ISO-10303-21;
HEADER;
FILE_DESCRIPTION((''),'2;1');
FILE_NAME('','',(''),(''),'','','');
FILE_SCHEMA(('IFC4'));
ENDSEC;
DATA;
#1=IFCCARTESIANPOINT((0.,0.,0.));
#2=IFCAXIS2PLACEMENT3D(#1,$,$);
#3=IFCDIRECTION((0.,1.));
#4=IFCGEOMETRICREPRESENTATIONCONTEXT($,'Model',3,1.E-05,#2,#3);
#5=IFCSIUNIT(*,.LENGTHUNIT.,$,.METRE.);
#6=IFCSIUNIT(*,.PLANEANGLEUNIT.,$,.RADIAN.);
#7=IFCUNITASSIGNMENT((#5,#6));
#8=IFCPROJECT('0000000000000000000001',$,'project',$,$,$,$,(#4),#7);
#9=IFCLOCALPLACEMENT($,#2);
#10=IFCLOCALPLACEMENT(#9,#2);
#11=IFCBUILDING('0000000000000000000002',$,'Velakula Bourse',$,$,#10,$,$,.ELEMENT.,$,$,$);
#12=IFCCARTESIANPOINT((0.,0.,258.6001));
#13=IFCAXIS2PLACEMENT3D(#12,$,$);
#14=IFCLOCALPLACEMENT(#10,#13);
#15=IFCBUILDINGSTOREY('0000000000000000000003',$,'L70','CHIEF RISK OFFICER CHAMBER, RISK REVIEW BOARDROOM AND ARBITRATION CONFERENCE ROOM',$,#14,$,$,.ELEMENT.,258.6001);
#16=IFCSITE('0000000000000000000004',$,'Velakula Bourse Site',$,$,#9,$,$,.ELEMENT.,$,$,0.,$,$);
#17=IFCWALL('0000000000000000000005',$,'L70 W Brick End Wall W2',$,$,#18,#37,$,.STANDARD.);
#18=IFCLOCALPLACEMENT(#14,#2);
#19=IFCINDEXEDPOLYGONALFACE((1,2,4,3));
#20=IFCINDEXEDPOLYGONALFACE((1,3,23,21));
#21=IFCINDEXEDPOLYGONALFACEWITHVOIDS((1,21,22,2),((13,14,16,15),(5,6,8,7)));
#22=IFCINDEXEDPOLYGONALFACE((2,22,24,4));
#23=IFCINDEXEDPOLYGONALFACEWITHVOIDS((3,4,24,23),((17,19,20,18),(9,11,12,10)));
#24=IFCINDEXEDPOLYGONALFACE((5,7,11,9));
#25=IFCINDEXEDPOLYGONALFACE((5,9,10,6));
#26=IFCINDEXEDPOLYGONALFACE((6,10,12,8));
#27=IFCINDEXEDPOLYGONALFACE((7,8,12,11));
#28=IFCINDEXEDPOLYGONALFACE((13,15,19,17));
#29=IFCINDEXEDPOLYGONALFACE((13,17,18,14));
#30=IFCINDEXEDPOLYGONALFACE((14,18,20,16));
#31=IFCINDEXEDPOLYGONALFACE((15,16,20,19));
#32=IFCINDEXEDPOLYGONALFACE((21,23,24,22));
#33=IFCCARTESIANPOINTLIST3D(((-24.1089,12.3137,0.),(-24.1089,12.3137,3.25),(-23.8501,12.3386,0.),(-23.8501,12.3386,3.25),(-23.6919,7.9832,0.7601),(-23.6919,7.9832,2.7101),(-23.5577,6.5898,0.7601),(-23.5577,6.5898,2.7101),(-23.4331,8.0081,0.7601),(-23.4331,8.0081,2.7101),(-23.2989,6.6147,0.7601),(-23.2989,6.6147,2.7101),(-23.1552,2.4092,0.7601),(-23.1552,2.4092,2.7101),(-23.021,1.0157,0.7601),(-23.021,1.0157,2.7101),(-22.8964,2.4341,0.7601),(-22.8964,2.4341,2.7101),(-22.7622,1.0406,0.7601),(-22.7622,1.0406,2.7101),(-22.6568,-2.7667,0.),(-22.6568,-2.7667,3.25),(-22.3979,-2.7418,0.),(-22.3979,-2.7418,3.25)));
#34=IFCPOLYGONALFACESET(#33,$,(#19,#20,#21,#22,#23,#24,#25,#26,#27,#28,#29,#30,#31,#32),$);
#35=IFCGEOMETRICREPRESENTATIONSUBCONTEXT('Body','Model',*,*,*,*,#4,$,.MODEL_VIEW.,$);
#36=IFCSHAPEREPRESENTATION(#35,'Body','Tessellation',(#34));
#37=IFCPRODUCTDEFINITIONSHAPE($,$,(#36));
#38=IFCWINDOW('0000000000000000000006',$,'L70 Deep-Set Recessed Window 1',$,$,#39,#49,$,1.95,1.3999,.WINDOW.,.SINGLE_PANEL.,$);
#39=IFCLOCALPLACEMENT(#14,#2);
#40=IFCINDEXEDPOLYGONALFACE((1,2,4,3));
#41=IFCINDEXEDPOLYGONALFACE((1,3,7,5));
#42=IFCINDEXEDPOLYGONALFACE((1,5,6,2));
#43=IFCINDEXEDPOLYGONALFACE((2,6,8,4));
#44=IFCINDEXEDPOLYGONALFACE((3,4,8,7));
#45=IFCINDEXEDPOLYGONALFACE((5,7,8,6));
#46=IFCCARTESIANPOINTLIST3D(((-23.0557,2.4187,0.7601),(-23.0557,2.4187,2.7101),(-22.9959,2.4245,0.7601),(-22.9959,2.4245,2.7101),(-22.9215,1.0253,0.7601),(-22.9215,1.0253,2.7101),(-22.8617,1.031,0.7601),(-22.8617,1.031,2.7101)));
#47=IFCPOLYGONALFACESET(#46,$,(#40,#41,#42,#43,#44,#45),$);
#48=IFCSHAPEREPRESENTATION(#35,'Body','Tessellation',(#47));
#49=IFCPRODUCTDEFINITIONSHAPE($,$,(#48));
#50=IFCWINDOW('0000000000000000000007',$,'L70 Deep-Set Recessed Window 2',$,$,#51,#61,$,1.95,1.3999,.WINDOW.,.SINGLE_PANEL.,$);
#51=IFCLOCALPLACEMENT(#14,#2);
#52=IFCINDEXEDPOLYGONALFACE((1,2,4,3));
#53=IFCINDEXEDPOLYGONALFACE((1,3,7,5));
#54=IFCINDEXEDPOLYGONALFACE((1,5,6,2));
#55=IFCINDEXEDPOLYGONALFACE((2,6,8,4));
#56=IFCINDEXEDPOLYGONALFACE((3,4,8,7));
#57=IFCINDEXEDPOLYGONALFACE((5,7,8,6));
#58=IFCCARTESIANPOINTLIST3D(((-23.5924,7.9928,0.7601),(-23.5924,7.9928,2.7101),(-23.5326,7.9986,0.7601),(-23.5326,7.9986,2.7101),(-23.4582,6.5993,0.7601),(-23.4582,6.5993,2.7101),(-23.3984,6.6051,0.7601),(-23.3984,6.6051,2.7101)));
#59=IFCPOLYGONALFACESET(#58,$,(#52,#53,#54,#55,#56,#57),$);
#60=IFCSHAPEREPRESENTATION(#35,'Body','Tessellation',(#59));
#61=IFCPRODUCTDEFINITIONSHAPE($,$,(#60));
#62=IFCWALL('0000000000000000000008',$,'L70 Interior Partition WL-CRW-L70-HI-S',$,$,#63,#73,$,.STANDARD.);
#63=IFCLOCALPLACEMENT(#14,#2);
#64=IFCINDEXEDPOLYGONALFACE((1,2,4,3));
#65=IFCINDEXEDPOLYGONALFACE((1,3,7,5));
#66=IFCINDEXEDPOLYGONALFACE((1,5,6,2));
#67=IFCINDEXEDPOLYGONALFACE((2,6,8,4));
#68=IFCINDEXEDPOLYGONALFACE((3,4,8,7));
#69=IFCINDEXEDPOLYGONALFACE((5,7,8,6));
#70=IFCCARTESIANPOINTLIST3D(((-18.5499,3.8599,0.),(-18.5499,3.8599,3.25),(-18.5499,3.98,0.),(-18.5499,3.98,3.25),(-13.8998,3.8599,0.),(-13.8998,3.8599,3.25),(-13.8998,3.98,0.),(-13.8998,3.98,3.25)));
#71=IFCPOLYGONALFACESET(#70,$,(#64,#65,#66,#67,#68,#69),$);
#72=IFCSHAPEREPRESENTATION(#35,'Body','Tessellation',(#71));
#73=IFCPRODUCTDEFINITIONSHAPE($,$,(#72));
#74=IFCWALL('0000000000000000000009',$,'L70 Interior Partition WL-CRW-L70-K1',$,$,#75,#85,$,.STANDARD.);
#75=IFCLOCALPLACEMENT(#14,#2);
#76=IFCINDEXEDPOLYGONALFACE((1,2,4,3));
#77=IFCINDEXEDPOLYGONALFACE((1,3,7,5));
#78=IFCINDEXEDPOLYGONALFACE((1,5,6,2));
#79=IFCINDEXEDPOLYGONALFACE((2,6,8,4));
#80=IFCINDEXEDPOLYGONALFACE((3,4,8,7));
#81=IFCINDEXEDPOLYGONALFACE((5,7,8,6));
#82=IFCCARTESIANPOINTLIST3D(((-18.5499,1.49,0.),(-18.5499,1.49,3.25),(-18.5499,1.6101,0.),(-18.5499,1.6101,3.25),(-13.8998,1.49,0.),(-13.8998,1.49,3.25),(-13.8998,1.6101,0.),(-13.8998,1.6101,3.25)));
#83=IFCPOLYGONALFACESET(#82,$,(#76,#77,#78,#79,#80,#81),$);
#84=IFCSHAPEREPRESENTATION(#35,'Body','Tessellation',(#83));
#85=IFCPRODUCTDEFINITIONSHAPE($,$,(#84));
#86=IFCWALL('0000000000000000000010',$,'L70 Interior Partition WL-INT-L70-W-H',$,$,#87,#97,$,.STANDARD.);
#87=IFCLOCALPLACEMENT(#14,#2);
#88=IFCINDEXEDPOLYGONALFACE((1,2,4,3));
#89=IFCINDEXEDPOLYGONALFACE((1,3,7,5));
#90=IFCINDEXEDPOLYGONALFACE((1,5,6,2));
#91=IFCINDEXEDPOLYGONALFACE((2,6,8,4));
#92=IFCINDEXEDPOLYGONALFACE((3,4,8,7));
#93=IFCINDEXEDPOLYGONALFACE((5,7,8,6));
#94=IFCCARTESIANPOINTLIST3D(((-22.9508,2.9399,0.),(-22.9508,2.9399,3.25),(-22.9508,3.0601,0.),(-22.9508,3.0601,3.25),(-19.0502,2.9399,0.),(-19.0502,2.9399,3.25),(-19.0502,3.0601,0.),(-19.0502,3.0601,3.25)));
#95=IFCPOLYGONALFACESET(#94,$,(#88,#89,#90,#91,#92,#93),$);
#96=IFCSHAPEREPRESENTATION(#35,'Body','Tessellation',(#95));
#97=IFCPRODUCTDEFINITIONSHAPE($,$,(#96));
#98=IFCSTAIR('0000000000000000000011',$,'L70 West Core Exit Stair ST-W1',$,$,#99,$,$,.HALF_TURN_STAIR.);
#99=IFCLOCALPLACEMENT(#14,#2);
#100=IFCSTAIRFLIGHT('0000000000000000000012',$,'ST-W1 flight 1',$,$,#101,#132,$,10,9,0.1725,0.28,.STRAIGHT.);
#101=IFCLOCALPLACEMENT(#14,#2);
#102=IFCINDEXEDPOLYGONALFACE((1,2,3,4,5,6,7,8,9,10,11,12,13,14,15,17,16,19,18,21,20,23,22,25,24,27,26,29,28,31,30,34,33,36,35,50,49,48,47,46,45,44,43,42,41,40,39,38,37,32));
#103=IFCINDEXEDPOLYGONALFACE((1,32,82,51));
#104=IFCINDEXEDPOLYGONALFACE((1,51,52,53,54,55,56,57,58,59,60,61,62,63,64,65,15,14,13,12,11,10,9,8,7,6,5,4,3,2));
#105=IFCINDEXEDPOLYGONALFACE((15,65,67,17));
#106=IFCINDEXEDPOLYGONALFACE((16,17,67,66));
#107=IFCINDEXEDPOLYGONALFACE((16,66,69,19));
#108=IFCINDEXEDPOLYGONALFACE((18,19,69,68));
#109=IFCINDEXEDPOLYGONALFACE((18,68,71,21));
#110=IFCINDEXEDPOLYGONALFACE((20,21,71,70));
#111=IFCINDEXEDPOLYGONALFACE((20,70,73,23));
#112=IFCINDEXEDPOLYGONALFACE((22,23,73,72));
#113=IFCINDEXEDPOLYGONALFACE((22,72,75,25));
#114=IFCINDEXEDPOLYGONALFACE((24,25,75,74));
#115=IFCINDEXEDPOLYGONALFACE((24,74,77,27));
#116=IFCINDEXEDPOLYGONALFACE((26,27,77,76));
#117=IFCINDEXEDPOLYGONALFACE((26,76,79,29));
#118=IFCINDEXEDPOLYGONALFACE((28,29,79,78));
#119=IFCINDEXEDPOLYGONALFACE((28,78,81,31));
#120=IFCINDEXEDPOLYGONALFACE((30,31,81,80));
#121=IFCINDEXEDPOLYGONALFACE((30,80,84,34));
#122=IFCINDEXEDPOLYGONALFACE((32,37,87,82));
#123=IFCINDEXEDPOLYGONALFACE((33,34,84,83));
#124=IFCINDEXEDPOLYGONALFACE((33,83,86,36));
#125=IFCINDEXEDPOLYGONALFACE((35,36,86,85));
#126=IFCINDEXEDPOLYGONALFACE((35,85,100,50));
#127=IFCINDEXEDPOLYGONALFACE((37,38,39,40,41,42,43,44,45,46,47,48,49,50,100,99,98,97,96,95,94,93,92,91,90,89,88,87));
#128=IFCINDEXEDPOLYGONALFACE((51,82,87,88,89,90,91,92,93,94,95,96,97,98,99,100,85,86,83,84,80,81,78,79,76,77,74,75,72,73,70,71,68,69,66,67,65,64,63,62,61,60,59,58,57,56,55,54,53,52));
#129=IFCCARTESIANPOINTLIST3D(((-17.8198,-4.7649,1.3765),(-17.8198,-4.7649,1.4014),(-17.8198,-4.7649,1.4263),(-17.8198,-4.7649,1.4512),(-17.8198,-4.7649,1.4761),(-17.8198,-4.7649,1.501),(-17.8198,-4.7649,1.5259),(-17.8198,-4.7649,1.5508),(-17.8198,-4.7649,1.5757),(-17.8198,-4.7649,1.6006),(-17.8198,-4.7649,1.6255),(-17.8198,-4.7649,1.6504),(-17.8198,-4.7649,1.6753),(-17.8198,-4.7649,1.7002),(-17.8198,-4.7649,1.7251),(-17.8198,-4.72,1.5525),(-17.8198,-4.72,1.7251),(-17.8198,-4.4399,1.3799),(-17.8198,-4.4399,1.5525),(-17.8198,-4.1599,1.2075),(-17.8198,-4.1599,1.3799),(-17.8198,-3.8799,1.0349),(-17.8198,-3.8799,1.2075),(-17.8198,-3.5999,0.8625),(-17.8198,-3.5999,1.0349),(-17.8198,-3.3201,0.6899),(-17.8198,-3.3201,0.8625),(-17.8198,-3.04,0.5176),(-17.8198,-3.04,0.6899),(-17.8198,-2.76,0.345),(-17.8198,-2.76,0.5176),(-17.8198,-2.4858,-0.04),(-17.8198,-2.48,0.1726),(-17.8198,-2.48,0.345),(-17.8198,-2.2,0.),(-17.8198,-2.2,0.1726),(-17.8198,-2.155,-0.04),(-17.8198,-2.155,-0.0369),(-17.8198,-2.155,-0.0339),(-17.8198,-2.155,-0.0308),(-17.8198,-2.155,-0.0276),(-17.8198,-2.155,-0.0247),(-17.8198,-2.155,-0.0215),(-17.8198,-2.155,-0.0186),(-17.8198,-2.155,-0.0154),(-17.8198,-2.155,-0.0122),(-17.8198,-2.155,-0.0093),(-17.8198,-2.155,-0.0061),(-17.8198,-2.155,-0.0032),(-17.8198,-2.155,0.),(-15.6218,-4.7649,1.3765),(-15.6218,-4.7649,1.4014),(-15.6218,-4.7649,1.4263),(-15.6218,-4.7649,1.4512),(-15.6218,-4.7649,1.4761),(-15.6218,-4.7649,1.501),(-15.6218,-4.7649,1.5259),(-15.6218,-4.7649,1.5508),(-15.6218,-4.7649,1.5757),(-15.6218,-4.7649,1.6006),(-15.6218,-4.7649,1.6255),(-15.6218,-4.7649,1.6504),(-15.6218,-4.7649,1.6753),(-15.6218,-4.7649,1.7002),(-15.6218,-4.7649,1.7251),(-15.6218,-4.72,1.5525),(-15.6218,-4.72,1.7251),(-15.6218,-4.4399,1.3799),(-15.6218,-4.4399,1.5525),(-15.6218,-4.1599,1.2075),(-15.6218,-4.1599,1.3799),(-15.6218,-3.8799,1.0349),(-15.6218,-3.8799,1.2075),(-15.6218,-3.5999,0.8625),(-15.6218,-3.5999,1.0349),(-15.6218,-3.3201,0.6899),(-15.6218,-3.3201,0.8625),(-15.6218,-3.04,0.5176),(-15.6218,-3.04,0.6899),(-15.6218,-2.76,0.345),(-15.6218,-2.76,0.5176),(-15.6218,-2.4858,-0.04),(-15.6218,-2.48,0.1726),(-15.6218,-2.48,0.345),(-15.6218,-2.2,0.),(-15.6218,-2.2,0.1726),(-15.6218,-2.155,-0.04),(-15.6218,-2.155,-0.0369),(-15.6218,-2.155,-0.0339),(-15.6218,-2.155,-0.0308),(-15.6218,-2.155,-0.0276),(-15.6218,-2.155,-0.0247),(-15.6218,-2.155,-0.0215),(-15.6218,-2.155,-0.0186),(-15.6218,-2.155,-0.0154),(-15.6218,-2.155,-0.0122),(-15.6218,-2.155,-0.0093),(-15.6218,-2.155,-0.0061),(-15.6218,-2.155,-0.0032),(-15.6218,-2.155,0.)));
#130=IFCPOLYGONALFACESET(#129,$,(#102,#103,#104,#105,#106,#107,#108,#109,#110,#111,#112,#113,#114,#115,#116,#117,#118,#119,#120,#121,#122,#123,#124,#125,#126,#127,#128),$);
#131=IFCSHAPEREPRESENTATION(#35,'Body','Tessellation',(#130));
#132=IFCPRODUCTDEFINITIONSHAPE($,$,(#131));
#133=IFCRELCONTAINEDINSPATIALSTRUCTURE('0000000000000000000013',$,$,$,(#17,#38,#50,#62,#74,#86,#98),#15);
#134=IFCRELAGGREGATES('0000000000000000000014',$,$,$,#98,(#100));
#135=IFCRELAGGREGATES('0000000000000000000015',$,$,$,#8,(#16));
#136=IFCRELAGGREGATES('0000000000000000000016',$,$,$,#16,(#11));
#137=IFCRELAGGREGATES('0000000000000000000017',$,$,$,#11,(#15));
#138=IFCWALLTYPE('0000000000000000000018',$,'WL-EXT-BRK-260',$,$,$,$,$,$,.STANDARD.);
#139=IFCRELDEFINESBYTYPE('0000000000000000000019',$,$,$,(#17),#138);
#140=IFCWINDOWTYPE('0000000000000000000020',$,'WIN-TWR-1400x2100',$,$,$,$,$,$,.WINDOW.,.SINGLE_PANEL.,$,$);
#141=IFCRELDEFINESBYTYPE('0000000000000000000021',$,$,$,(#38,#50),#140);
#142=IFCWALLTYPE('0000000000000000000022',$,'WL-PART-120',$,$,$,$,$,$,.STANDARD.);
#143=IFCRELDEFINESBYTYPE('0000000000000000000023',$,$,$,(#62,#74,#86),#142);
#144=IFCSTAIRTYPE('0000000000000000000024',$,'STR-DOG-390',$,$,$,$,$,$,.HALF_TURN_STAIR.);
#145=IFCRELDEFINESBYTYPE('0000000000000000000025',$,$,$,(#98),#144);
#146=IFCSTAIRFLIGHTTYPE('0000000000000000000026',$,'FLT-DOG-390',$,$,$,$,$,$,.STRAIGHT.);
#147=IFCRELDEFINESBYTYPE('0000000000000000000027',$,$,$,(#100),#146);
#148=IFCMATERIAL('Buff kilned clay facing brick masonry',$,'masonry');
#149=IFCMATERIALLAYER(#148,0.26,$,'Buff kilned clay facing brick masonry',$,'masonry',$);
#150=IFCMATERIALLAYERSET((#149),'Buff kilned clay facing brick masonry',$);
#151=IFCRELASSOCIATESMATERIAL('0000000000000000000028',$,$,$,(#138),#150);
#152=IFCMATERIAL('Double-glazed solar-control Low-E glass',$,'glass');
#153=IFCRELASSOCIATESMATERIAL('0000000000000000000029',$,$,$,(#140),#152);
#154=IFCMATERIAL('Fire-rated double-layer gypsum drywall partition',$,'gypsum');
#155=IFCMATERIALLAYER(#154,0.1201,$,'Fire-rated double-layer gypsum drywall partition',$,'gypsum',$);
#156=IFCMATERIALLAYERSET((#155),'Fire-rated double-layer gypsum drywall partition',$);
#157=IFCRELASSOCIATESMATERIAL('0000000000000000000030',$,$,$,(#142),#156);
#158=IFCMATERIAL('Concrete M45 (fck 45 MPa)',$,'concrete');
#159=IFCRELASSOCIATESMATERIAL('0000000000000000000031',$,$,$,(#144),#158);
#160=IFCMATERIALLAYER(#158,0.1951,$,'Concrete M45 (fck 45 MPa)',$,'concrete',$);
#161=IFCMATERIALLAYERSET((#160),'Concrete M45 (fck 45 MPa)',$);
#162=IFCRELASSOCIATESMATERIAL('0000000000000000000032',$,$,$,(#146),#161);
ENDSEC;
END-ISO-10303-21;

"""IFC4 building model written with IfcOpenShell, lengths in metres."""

from ifc_helpers import new_model, si_unit, direction, frame, frame_2d, origin, place, context, subcontext, project, spatial, polyline, rectangle, outline, extrude, material, layer, layer_set, type_object, element, fill, aggregate, save


model = new_model("IFC4")

# Units and contexts
model_context = context("Model", 3, precision=1e-05, world=origin(), true_north=direction((0.0, 1.0)))
body_context = subcontext(model_context, "Body", "Model", "MODEL_VIEW")
ifc_project = project(units=[si_unit("LENGTHUNIT", "METRE"), si_unit("PLANEANGLEUNIT", "RADIAN")], contexts=[model_context])

# Site, building, storey
site_placement = place(None, origin())
site = spatial("IfcSite", under=ifc_project, at=site_placement, Name="Velakula Bourse Site", CompositionType="ELEMENT", RefElevation=0.0)
building_placement = place(site_placement, origin())
building = spatial("IfcBuilding", under=site, at=building_placement, Name="Velakula Bourse", CompositionType="ELEMENT")
storey_placement = place(building_placement, frame((0.0, 0.0, 258.6001)))
storey = spatial("IfcBuildingStorey", under=building, at=storey_placement, Name="L70", Description="CHIEF RISK OFFICER CHAMBER, RISK REVIEW BOARDROOM AND ARBITRATION CONFERENCE ROOM", CompositionType="ELEMENT", Elevation=258.6001)

# Wall, openings, windows
ifc_material_1 = material(Name="Buff kilned clay facing brick masonry", Category="masonry")
ifc_layer_1 = layer(ifc_material_1, 0.26, Name="Buff kilned clay facing brick masonry", Category="masonry")
ifc_layer_set_1 = layer_set([ifc_layer_1], Name="Buff kilned clay facing brick masonry")
wall_type_1 = type_object("IfcWallType", Name="WL-EXT-BRK-260", PredefinedType="STANDARD", material=ifc_layer_set_1)
wall_1_placement = place(storey_placement, frame((-22.5273, -2.7544, 0.0), z_axis=(0.0, 0.0, 1.0), x_axis=(-0.095851, 0.995396, 0.0)))
wall_1 = element("IfcWall", 1, at=wall_1_placement, inside=storey, type_object=wall_type_1, Name="L70 W Brick End Wall W2", PredefinedType="STANDARD", context=body_context, shape_type="SweptSolid", body=[
    extrude(rectangle(XDim=15.1501, YDim=0.26, at=frame_2d((7.5752, 0.0))), origin(), (0.0, 0.0, 1.0), 3.25),
])
opening_1_placement = place(wall_1_placement, frame((3.8, 0.0, 0.76)))
opening_1 = element("IfcOpeningElement", 2, at=opening_1_placement, cuts=wall_1, PredefinedType="OPENING", context=body_context, shape_type="SweptSolid", body=[
    extrude(rectangle(XDim=1.3999, YDim=1.95, at=frame_2d((0.7, 0.9751))), frame((0.0, 0.1399, 0.0), z_axis=(0.0, -1.0, 0.0), x_axis=(1.0, 0.0, 0.0)), (0.0, 0.0, 1.0), 0.28),
])
opening_2_placement = place(wall_1_placement, frame((9.3999, 0.0, 0.76)))
opening_2 = element("IfcOpeningElement", 3, at=opening_2_placement, cuts=wall_1, PredefinedType="OPENING", context=body_context, shape_type="SweptSolid", body=[
    extrude(rectangle(XDim=1.3999, YDim=1.95, at=frame_2d((0.7, 0.9751))), frame((0.0, 0.1399, 0.0), z_axis=(0.0, -1.0, 0.0), x_axis=(1.0, 0.0, 0.0)), (0.0, 0.0, 1.0), 0.28),
])
ifc_material_2 = material(Name="Double-glazed solar-control Low-E glass", Category="glass")
window_type = type_object("IfcWindowType", Name="WIN-TWR-1400x2100", PartitioningType="SINGLE_PANEL", PredefinedType="WINDOW", material=ifc_material_2)
window_1_placement = place(opening_1_placement, origin())
window_1 = element("IfcWindow", 4, at=window_1_placement, inside=storey, type_object=window_type, Name="L70 Deep-Set Recessed Window 1", OverallHeight=1.95, OverallWidth=1.3999, PartitioningType="SINGLE_PANEL", PredefinedType="WINDOW", context=body_context, shape_type="SweptSolid", body=[
    extrude(rectangle(XDim=1.3999, YDim=1.95, at=frame_2d((0.7, 0.9751))), frame((0.0, 0.03, 0.0), z_axis=(0.0, -1.0, 0.0), x_axis=(1.0, 0.0, 0.0)), (0.0, 0.0, 1.0), 0.0601),
])
fill(opening_1, window_1)
window_2_placement = place(opening_2_placement, origin())
window_2 = element("IfcWindow", 5, at=window_2_placement, inside=storey, type_object=window_type, Name="L70 Deep-Set Recessed Window 2", OverallHeight=1.95, OverallWidth=1.3999, PartitioningType="SINGLE_PANEL", PredefinedType="WINDOW", context=body_context, shape_type="SweptSolid", body=[
    extrude(rectangle(XDim=1.3999, YDim=1.95, at=frame_2d((0.7, 0.9751))), frame((0.0, 0.03, 0.0), z_axis=(0.0, -1.0, 0.0), x_axis=(1.0, 0.0, 0.0)), (0.0, 0.0, 1.0), 0.0601),
])
fill(opening_2, window_2)

# Walls
ifc_material_3 = material(Name="Fire-rated double-layer gypsum drywall partition", Category="gypsum")
ifc_layer_2 = layer(ifc_material_3, 0.1201, Name="Fire-rated double-layer gypsum drywall partition", Category="gypsum")
ifc_layer_set_2 = layer_set([ifc_layer_2], Name="Fire-rated double-layer gypsum drywall partition")
wall_type_2 = type_object("IfcWallType", Name="WL-PART-120", PredefinedType="STANDARD", material=ifc_layer_set_2)
for number, where, z_axis, x_axis, name in (
    (6, (-18.55, 3.9199, 0.0), (0.0, 0.0, 1.0), (1.0, 0.0, 0.0), "L70 Interior Partition WL-CRW-L70-HI-S"),
    (7, (-18.55, 1.55, 0.0), (0.0, 0.0, 1.0), (1.0, 0.0, 0.0), "L70 Interior Partition WL-CRW-L70-K1"),
):
    element("IfcWall", number, at=place(storey_placement, frame(where, z_axis=z_axis, x_axis=x_axis)), inside=storey, type_object=wall_type_2, Name=name, PredefinedType="STANDARD", context=body_context, shape_type="SweptSolid", body=[
        extrude(rectangle(XDim=4.6501, YDim=0.1201, at=frame_2d((2.3252, 0.0))), origin(), (0.0, 0.0, 1.0), 3.25),
    ])
wall_2_placement = place(storey_placement, frame((-22.9507, 3.0, 0.0), z_axis=(0.0, 0.0, 1.0), x_axis=(1.0, 0.0, 0.0)))
element("IfcWall", 8, at=wall_2_placement, inside=storey, type_object=wall_type_2, Name="L70 Interior Partition WL-INT-L70-W-H", PredefinedType="STANDARD", context=body_context, shape_type="SweptSolid", body=[
    extrude(rectangle(XDim=3.9006, YDim=0.1201, at=frame_2d((1.9502, 0.0))), origin(), (0.0, 0.0, 1.0), 3.25),
])

# Stair, stair flight
ifc_material_4 = material(Name="Concrete M45 (fck 45 MPa)", Category="concrete")
stair_type = type_object("IfcStairType", Name="STR-DOG-390", PredefinedType="HALF_TURN_STAIR", material=ifc_material_4)
stair_placement = place(storey_placement, origin())
stair = element("IfcStair", 9, at=stair_placement, inside=storey, type_object=stair_type, Name="L70 West Core Exit Stair ST-W1", PredefinedType="HALF_TURN_STAIR")
ifc_layer_3 = layer(ifc_material_4, 0.1951, Name="Concrete M45 (fck 45 MPa)", Category="concrete")
ifc_layer_set_3 = layer_set([ifc_layer_3], Name="Concrete M45 (fck 45 MPa)")
stair_flight_type = type_object("IfcStairFlightType", Name="FLT-DOG-390", PredefinedType="STRAIGHT", material=ifc_layer_set_3)
stair_flight_placement = place(storey_placement, frame((-16.7209, -2.2, 0.0), z_axis=(0.0, 0.0, 1.0), x_axis=(0.0, -1.0, 0.0)))
stair_flight = element("IfcStairFlight", 10, at=stair_flight_placement, type_object=stair_flight_type, Name="ST-W1 flight 1", NumberOfRisers=10, NumberOfTreads=9, PredefinedType="STRAIGHT", RiserHeight=0.1725, TreadLength=0.28, context=body_context, shape_type="SweptSolid", body=[
    extrude(outline(polyline([(-0.0449, -0.04), (-0.0449, -0.0369), (-0.0449, -0.0339), (-0.0449, -0.0308), (-0.0449, -0.0276), (-0.0449, -0.0247), (-0.0449, -0.0215), (-0.0449, -0.0186), (-0.0449, -0.0154), (-0.0449, -0.0122), (-0.0449, -0.0093), (-0.0449, -0.0061), (-0.0449, -0.0032), (-0.0449, 0.0), (0.0, 0.0), (0.0, 0.1726), (0.28, 0.1726), (0.28, 0.345), (0.5601, 0.345), (0.5601, 0.5176), (0.8401, 0.5176), (0.8401, 0.6899), (1.1201, 0.6899), (1.1201, 0.8625), (1.3999, 0.8625), (1.3999, 1.0349), (1.6799, 1.0349), (1.6799, 1.2075), (1.96, 1.2075), (1.96, 1.3799), (2.24, 1.3799), (2.24, 1.5525), (2.52, 1.5525), (2.52, 1.7251), (2.5649, 1.7251), (2.5649, 1.7002), (2.5649, 1.6753), (2.5649, 1.6504), (2.5649, 1.6255), (2.5649, 1.6006), (2.5649, 1.5757), (2.5649, 1.5508), (2.5649, 1.5259), (2.5649, 1.501), (2.5649, 1.4761), (2.5649, 1.4512), (2.5649, 1.4263), (2.5649, 1.4014), (2.5649, 1.3765), (0.2859, -0.04), (-0.0449, -0.04)])), frame((0.0, 1.0991, 0.0), z_axis=(0.0, -1.0, 0.0), x_axis=(1.0, 0.0, 0.0)), (0.0, 0.0, 1.0), 2.198),
])
aggregate(stair, [stair_flight])

save(model, "model.ifc")
